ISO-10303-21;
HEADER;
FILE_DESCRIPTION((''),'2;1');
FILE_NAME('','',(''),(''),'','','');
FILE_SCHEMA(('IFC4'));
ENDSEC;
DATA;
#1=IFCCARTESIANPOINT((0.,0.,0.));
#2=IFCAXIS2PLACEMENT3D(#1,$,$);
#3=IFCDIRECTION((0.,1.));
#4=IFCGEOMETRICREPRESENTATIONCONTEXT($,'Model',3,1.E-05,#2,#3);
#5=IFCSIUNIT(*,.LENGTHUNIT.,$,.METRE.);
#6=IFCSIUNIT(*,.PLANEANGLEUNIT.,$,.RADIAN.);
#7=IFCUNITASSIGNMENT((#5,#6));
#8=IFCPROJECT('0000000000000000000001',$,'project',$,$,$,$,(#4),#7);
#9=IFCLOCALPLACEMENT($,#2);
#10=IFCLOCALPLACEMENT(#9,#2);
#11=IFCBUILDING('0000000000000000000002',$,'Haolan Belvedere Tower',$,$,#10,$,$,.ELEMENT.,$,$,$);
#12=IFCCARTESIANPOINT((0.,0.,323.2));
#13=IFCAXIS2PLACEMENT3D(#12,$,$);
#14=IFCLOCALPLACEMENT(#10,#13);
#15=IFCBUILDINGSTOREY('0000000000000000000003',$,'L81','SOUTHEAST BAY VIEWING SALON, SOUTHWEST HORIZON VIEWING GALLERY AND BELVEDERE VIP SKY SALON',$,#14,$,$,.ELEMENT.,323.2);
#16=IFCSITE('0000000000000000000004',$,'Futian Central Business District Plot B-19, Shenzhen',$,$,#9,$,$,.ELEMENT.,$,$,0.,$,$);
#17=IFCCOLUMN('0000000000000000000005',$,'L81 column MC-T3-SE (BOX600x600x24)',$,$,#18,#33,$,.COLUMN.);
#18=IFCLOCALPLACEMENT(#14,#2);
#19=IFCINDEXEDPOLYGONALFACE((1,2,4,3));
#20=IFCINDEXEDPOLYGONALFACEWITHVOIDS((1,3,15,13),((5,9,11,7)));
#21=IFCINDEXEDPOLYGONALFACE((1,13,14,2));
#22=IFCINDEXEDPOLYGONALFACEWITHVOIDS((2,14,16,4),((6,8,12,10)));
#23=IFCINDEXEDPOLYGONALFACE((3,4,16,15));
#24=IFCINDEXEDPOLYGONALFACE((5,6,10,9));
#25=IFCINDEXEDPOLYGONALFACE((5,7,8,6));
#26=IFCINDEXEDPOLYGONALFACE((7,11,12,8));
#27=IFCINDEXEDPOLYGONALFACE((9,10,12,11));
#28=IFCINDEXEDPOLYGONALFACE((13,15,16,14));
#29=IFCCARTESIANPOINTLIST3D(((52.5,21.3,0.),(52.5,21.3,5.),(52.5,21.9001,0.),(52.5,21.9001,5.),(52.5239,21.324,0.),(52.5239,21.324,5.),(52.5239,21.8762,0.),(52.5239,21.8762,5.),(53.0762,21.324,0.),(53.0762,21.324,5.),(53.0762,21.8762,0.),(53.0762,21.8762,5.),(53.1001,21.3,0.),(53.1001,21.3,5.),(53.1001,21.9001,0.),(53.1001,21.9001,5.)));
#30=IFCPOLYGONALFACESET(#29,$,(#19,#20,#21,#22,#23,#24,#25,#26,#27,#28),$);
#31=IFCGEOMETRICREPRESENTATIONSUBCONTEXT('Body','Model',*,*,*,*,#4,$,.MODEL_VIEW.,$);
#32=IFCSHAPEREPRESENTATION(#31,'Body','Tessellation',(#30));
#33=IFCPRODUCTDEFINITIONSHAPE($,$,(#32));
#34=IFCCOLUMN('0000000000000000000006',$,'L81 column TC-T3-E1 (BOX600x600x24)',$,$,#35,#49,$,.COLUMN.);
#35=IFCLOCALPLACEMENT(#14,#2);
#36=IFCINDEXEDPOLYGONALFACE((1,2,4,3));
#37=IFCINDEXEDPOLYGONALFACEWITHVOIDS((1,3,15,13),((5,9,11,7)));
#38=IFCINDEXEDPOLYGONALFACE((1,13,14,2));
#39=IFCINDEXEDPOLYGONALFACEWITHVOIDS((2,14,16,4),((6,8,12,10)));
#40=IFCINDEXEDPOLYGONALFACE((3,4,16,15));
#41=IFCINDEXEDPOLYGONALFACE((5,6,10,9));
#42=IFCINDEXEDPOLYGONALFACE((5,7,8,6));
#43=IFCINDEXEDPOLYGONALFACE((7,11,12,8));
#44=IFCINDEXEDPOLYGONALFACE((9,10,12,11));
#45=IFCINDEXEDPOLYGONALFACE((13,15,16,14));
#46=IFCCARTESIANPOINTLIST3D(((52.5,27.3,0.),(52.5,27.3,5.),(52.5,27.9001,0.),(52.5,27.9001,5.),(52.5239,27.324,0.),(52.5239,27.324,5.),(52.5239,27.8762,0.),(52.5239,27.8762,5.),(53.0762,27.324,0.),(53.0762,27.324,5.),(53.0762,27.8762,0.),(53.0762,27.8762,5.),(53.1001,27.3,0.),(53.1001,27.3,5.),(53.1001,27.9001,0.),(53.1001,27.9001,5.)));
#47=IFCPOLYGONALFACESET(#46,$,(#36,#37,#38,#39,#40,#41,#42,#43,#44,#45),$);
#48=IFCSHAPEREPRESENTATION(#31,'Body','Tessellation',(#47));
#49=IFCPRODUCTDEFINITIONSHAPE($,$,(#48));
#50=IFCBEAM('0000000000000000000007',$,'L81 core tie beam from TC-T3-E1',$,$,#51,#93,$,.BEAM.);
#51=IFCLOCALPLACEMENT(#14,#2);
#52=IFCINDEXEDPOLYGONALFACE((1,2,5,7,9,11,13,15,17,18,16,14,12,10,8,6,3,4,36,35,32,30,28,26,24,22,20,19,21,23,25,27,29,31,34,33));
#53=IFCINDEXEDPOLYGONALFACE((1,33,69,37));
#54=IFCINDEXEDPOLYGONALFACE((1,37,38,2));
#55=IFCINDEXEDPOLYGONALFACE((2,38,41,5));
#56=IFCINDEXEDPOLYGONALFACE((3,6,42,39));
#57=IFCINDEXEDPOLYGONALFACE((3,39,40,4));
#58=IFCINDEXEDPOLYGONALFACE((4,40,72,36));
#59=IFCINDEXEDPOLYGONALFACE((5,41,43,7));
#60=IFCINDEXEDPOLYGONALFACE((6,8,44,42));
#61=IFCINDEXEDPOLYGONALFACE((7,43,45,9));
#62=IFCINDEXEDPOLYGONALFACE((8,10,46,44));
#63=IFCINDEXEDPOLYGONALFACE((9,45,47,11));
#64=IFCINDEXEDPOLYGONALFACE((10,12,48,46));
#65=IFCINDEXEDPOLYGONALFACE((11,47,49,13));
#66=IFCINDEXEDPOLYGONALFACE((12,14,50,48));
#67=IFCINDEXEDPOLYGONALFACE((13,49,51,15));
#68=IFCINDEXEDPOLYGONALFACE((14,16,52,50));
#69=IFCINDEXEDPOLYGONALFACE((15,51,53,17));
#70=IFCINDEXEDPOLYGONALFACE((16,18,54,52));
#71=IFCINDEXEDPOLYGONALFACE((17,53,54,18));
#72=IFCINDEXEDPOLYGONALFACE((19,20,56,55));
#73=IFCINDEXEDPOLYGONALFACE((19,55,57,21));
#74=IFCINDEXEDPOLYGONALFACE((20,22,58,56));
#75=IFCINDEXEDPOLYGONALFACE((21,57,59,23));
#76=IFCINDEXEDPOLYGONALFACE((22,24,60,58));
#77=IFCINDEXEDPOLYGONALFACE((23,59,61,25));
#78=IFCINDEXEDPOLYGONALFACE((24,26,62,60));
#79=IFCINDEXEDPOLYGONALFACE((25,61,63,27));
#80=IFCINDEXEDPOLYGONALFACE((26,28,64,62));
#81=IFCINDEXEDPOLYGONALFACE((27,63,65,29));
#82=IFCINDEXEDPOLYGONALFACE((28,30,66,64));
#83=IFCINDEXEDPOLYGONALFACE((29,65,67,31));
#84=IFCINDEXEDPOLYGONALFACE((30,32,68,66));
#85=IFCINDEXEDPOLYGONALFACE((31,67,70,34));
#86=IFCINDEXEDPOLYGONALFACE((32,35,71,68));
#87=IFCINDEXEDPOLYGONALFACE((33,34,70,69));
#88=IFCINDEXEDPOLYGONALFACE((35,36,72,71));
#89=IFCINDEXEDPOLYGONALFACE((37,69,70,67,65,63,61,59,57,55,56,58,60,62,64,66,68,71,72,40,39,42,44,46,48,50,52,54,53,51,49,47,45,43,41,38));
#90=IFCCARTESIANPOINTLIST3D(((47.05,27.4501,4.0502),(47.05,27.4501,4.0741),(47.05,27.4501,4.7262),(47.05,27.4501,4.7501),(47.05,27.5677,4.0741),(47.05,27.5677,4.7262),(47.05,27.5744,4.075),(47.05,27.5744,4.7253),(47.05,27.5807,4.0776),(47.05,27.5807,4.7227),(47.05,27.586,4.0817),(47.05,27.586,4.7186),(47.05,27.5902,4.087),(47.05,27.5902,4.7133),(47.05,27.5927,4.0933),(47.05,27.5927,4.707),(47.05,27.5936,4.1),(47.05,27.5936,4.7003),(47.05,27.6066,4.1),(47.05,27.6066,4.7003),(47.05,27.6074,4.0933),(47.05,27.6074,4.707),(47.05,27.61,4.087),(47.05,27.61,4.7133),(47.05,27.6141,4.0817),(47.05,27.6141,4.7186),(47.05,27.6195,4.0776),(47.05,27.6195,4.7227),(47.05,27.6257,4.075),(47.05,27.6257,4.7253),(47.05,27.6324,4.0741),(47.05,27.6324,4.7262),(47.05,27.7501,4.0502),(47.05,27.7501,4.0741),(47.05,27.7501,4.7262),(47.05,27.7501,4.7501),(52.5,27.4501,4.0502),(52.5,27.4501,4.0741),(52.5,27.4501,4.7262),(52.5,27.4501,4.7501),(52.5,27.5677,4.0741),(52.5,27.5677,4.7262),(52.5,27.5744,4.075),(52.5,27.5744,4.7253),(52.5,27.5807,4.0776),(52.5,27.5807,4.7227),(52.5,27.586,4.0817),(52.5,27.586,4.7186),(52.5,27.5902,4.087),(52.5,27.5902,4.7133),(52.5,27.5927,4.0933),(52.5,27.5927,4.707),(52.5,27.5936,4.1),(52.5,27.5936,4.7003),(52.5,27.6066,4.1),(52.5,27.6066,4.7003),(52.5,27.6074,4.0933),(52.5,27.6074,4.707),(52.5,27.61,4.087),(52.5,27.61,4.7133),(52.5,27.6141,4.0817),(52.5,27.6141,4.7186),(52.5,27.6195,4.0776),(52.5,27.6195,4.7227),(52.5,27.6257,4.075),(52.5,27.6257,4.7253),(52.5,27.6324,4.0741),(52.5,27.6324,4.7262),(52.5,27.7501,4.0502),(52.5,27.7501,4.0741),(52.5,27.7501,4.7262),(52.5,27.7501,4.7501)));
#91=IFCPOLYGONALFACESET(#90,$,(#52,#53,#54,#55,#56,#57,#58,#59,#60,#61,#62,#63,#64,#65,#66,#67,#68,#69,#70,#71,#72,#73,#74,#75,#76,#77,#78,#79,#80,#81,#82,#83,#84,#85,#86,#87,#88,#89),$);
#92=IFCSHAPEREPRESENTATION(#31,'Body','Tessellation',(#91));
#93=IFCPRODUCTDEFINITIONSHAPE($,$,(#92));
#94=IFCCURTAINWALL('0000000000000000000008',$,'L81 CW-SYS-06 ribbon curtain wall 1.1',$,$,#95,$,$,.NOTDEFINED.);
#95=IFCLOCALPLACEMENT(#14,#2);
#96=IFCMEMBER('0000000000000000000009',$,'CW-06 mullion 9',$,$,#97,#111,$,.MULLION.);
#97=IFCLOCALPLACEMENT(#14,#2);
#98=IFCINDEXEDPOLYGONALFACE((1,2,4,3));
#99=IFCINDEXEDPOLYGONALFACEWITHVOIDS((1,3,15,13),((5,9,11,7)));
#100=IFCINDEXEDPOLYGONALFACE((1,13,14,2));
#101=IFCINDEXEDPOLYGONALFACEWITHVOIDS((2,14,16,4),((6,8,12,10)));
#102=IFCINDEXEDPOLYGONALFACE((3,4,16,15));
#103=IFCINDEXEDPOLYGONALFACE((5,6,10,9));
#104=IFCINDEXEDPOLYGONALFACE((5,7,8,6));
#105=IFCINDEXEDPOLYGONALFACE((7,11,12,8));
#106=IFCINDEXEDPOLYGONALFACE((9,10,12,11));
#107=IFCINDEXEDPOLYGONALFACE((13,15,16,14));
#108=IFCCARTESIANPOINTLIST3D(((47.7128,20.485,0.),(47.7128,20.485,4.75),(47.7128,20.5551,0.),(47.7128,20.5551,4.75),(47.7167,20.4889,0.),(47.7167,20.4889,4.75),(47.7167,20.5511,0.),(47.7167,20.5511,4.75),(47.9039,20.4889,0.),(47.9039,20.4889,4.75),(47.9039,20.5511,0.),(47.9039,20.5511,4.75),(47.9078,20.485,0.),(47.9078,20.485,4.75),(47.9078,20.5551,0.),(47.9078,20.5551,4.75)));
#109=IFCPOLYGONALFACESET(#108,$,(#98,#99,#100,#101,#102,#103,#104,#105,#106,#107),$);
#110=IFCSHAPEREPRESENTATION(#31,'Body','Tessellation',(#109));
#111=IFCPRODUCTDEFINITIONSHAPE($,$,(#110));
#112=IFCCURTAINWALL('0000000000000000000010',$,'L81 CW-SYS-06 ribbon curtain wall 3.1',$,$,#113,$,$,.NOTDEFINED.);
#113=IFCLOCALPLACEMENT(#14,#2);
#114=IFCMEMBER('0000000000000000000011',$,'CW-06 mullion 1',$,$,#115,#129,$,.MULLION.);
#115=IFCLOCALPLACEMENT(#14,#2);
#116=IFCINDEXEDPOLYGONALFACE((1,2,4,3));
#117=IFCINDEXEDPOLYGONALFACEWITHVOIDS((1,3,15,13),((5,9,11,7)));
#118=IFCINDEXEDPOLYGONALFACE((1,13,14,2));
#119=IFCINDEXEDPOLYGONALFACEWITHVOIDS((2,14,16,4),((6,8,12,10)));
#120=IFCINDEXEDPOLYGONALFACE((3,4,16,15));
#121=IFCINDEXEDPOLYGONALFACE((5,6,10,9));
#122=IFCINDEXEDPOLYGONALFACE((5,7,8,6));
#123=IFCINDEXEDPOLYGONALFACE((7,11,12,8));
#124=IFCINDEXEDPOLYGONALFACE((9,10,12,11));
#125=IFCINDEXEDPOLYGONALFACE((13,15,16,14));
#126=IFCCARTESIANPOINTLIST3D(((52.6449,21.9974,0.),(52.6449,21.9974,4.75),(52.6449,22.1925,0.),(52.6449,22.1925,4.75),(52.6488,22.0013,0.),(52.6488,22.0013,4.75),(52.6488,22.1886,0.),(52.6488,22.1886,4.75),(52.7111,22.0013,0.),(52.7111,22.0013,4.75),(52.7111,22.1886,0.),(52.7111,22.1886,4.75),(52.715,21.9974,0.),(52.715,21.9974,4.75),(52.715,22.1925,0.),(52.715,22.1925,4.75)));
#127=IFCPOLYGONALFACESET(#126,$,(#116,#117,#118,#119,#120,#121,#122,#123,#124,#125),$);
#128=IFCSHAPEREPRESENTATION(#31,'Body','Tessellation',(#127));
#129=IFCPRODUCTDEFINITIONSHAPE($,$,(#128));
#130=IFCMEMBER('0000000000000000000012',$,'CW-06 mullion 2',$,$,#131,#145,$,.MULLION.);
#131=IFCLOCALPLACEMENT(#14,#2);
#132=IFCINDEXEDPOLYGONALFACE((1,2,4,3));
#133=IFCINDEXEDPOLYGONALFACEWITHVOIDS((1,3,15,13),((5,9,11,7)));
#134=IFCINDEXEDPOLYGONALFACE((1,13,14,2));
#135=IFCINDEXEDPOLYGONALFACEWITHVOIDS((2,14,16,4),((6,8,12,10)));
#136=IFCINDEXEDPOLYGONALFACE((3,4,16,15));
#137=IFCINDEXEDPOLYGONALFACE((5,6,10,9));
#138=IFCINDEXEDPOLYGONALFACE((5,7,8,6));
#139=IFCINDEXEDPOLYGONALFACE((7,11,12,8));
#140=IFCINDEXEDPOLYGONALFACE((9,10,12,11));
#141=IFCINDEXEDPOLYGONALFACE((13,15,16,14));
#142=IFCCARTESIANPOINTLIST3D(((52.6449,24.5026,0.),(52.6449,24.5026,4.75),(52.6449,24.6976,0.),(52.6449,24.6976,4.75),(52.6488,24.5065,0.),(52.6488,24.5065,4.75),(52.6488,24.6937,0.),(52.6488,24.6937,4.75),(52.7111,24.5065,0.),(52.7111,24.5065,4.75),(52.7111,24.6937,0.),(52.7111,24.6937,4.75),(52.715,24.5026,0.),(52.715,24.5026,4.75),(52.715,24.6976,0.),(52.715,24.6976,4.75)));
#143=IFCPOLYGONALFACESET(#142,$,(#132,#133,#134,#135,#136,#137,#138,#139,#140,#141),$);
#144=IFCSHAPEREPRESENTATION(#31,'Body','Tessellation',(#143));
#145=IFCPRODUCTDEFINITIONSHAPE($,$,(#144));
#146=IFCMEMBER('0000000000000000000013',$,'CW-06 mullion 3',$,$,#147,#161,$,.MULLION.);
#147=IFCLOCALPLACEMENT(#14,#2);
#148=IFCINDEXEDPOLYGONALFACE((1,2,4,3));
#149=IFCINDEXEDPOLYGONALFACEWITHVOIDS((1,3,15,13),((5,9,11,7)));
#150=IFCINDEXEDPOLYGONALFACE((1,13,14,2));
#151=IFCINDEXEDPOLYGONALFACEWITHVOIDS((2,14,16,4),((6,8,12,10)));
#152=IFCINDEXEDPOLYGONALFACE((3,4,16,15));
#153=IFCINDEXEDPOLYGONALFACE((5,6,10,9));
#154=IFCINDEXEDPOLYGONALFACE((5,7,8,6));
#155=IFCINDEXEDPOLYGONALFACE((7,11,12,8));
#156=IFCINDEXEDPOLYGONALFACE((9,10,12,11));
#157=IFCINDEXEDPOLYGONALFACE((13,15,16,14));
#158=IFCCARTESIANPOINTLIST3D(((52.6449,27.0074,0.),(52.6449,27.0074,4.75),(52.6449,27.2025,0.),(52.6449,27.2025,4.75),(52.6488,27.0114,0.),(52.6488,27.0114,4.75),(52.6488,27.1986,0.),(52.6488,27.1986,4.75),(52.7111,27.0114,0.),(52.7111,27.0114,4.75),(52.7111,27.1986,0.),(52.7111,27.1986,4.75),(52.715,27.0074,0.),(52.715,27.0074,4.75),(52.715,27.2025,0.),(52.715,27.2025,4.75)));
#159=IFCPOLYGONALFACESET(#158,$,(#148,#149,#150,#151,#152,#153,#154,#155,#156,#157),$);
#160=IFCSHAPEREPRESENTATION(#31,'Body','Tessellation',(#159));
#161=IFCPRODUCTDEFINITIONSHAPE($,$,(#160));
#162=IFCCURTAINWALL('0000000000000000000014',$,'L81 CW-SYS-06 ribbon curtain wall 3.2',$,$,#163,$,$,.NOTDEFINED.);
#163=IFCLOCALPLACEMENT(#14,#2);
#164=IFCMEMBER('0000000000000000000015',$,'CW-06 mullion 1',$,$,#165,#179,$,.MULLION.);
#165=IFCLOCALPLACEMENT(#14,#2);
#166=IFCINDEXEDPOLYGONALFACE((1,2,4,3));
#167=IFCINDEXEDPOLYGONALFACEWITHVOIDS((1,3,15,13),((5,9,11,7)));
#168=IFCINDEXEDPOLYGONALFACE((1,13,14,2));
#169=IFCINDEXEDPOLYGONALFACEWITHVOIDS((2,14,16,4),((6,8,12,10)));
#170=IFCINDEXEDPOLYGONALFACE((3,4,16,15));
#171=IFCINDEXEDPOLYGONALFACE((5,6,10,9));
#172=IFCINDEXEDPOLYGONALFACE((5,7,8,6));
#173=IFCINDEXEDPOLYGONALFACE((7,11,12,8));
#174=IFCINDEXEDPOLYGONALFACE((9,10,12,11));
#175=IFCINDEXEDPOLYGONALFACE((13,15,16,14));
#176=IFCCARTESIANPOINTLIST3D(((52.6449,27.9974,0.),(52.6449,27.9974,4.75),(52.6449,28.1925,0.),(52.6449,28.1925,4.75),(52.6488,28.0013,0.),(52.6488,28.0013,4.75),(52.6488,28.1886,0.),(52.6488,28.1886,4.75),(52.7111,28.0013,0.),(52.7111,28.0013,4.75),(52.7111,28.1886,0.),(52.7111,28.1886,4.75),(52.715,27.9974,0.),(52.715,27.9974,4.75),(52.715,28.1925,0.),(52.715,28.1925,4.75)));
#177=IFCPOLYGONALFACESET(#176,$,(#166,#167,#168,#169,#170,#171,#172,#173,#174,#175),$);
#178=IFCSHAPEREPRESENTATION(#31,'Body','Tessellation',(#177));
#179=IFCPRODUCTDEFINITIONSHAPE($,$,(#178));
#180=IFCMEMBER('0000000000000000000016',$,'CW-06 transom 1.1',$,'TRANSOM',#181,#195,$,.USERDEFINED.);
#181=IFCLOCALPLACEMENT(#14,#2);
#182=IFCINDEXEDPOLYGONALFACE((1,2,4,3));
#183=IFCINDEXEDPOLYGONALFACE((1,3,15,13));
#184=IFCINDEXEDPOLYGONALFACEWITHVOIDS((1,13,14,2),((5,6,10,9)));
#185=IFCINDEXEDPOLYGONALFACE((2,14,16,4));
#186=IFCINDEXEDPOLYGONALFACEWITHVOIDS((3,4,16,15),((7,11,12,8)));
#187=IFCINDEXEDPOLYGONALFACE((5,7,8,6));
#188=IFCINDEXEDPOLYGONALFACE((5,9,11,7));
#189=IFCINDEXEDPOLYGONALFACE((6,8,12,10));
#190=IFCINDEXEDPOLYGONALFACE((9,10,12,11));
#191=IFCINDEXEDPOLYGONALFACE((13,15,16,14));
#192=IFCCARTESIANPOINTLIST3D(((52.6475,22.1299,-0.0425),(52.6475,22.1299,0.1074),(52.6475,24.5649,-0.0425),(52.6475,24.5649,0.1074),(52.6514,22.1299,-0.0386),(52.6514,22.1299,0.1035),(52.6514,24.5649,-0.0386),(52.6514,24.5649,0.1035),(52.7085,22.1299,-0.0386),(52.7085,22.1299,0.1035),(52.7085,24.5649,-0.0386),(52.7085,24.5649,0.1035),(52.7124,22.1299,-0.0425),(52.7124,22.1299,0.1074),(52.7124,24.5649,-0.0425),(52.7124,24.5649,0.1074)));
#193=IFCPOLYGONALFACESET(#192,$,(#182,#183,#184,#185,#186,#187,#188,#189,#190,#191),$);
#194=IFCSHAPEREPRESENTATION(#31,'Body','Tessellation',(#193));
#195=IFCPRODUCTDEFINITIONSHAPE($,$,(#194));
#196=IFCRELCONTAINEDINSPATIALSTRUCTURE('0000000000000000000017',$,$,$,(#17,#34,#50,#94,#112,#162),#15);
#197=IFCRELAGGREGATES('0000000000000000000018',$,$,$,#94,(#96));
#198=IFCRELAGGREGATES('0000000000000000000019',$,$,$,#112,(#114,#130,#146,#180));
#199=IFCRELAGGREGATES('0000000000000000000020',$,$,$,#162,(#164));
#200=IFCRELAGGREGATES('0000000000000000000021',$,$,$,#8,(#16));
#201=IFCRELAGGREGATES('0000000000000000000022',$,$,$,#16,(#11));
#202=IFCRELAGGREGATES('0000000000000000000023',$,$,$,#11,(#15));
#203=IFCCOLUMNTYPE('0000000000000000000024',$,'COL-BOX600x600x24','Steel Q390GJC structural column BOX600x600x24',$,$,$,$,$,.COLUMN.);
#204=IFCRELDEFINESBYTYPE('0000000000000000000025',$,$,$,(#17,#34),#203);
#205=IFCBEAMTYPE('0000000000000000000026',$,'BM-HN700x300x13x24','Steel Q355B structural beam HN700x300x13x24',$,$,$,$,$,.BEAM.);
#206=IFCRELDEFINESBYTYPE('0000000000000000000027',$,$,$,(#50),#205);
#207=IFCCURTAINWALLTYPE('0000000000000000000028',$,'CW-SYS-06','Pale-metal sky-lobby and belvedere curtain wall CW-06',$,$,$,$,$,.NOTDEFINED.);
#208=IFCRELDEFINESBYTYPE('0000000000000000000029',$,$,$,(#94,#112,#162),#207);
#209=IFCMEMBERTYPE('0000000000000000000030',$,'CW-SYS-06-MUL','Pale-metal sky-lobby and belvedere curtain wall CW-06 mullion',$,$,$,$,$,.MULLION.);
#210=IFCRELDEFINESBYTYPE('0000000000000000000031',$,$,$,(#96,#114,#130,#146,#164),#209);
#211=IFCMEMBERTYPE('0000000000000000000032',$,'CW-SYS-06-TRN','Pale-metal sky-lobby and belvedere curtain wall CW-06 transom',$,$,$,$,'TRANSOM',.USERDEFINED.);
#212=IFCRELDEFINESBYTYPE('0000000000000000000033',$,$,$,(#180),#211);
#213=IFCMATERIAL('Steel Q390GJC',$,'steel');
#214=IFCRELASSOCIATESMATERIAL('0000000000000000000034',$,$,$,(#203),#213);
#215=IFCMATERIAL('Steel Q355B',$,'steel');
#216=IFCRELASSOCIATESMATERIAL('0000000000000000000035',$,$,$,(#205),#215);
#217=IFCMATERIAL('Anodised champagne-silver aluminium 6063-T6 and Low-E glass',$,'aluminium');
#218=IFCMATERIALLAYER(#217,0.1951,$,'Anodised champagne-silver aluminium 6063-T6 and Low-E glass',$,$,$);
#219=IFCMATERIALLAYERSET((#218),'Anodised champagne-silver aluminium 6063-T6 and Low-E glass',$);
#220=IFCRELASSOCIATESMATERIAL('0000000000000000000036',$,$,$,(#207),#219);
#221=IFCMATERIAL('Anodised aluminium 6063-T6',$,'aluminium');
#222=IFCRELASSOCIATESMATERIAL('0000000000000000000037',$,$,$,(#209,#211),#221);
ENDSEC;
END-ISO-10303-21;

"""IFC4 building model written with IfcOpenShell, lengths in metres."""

from ifc_helpers import new_model, si_unit, direction, frame, origin, origin_2d, place, context, subcontext, project, spatial, hollow_rectangle, i_section, extrude, material, layer, layer_set, material_profile, profile_set, type_object, element, aggregate, save


model = new_model("IFC4")

# Units and contexts
model_context = context("Model", 3, precision=1e-05, world=origin(), true_north=direction((0.0, 1.0)))
body_context = subcontext(model_context, "Body", "Model", "MODEL_VIEW")
ifc_project = project(units=[si_unit("LENGTHUNIT", "METRE"), si_unit("PLANEANGLEUNIT", "RADIAN")], contexts=[model_context])

# Site, building, storey
site_placement = place(None, origin())
site = spatial("IfcSite", under=ifc_project, at=site_placement, Name="Futian Central Business District Plot B-19, Shenzhen", CompositionType="ELEMENT", RefElevation=0.0)
building_placement = place(site_placement, origin())
building = spatial("IfcBuilding", under=site, at=building_placement, Name="Haolan Belvedere Tower", CompositionType="ELEMENT")
storey_placement = place(building_placement, frame((0.0, 0.0, 323.2)))
storey = spatial("IfcBuildingStorey", under=building, at=storey_placement, Name="L81", Description="SOUTHEAST BAY VIEWING SALON, SOUTHWEST HORIZON VIEWING GALLERY AND BELVEDERE VIP SKY SALON", CompositionType="ELEMENT", Elevation=323.2)

# Columns
ifc_material_1 = material(Name="Steel Q390GJC", Category="steel")
ifc_material_profile_1 = material_profile(ifc_material_1, hollow_rectangle(XDim=0.6001, YDim=0.6001, WallThickness=0.0239, at=origin_2d()), Name="Steel Q390GJC")
ifc_profile_set_1 = profile_set([ifc_material_profile_1], Name="Steel Q390GJC")
column_type = type_object("IfcColumnType", Name="COL-BOX600x600x24", Description="Steel Q390GJC structural column BOX600x600x24", PredefinedType="COLUMN", material=ifc_profile_set_1)
for number, where, z_axis, x_axis, name in (
    (1, (52.8, 21.6001, 0.0), (0.0, 0.0, 1.0), (1.0, 0.0, 0.0), "L81 column MC-T3-SE (BOX600x600x24)"),
    (2, (52.8, 27.6001, 0.0), (0.0, 0.0, 1.0), (1.0, 0.0, 0.0), "L81 column TC-T3-E1 (BOX600x600x24)"),
):
    element("IfcColumn", number, at=place(storey_placement, frame(where, z_axis=z_axis, x_axis=x_axis)), inside=storey, type_object=column_type, Name=name, PredefinedType="COLUMN", context=body_context, shape_type="SweptSolid", body=[
        extrude(hollow_rectangle(XDim=0.6001, YDim=0.6001, WallThickness=0.0239, at=origin_2d()), origin(), (0.0, 0.0, 1.0), 5.0),
    ])

# Beam
ifc_material_2 = material(Name="Steel Q355B", Category="steel")
ifc_material_profile_2 = material_profile(ifc_material_2, i_section(OverallWidth=0.3, OverallDepth=0.7, WebThickness=0.0129, FlangeThickness=0.0239, FilletRadius=0.0259, at=origin_2d()), Name="Steel Q355B")
ifc_profile_set_2 = profile_set([ifc_material_profile_2], Name="Steel Q355B")
beam_type = type_object("IfcBeamType", Name="BM-HN700x300x13x24", Description="Steel Q355B structural beam HN700x300x13x24", PredefinedType="BEAM", material=ifc_profile_set_2)
beam_placement = place(storey_placement, frame((52.5, 27.6001, 4.4001), z_axis=(-1.0, 0.0, 0.0), x_axis=(0.0, -1.0, 0.0)))
element("IfcBeam", 3, at=beam_placement, inside=storey, type_object=beam_type, Name="L81 core tie beam from TC-T3-E1", PredefinedType="BEAM", context=body_context, shape_type="SweptSolid", body=[
    extrude(i_section(OverallWidth=0.3, OverallDepth=0.7, WebThickness=0.0129, FlangeThickness=0.0239, FilletRadius=0.0259, at=origin_2d()), origin(), (0.0, 0.0, 1.0), 5.45),
])

# Curtain wall, member
ifc_material_3 = material(Name="Anodised champagne-silver aluminium 6063-T6 and Low-E glass", Category="aluminium")
ifc_layer_1 = layer(ifc_material_3, 0.1951, Name="Anodised champagne-silver aluminium 6063-T6 and Low-E glass")
ifc_layer_set_1 = layer_set([ifc_layer_1], Name="Anodised champagne-silver aluminium 6063-T6 and Low-E glass")
curtain_wall_type = type_object("IfcCurtainWallType", Name="CW-SYS-06", Description="Pale-metal sky-lobby and belvedere curtain wall CW-06", PredefinedType="NOTDEFINED", material=ifc_layer_set_1)
curtain_wall_1_placement = place(storey_placement, origin())
curtain_wall_1 = element("IfcCurtainWall", 4, at=curtain_wall_1_placement, inside=storey, type_object=curtain_wall_type, Name="L81 CW-SYS-06 ribbon curtain wall 1.1", PredefinedType="NOTDEFINED")
ifc_material_4 = material(Name="Anodised aluminium 6063-T6", Category="aluminium")
ifc_material_profile_3 = material_profile(ifc_material_4, hollow_rectangle(XDim=0.0701, YDim=0.1951, WallThickness=0.0039, at=origin_2d()), Name="Anodised aluminium 6063-T6")
ifc_profile_set_3 = profile_set([ifc_material_profile_3], Name="Anodised aluminium 6063-T6")
member_type_1 = type_object("IfcMemberType", Name="CW-SYS-06-MUL", Description="Pale-metal sky-lobby and belvedere curtain wall CW-06 mullion", PredefinedType="MULLION", material=ifc_profile_set_3)
member_1_placement = place(storey_placement, frame((47.8103, 20.52, 0.0), z_axis=(0.0, 0.0, 1.0), x_axis=(0.0, 1.0, 0.0)))
member_1 = element("IfcMember", 5, at=member_1_placement, type_object=member_type_1, Name="CW-06 mullion 9", PredefinedType="MULLION", context=body_context, shape_type="SweptSolid", body=[
    extrude(hollow_rectangle(XDim=0.0701, YDim=0.1951, WallThickness=0.0039, at=origin_2d()), origin(), (0.0, 0.0, 1.0), 4.75),
])

# Curtain wall, members
curtain_wall_2_placement = place(storey_placement, origin())
curtain_wall_2 = element("IfcCurtainWall", 6, at=curtain_wall_2_placement, inside=storey, type_object=curtain_wall_type, Name="L81 CW-SYS-06 ribbon curtain wall 3.1", PredefinedType="NOTDEFINED")
member_2_placement = place(storey_placement, frame((52.6799, 22.095, 0.0), z_axis=(0.0, 0.0, 1.0), x_axis=(-1.0, 0.0, 0.0)))
member_2 = element("IfcMember", 7, at=member_2_placement, type_object=member_type_1, Name="CW-06 mullion 1", PredefinedType="MULLION", context=body_context, shape_type="SweptSolid", body=[
    extrude(hollow_rectangle(XDim=0.0701, YDim=0.1951, WallThickness=0.0039, at=origin_2d()), origin(), (0.0, 0.0, 1.0), 4.75),
])
member_3_placement = place(storey_placement, frame((52.6799, 24.6001, 0.0), z_axis=(0.0, 0.0, 1.0), x_axis=(-1.0, 0.0, 0.0)))
member_3 = element("IfcMember", 8, at=member_3_placement, type_object=member_type_1, Name="CW-06 mullion 2", PredefinedType="MULLION", context=body_context, shape_type="SweptSolid", body=[
    extrude(hollow_rectangle(XDim=0.0701, YDim=0.1951, WallThickness=0.0039, at=origin_2d()), origin(), (0.0, 0.0, 1.0), 4.75),
])
member_4_placement = place(storey_placement, frame((52.6799, 27.105, 0.0), z_axis=(0.0, 0.0, 1.0), x_axis=(-1.0, 0.0, 0.0)))
member_4 = element("IfcMember", 9, at=member_4_placement, type_object=member_type_1, Name="CW-06 mullion 3", PredefinedType="MULLION", context=body_context, shape_type="SweptSolid", body=[
    extrude(hollow_rectangle(XDim=0.0701, YDim=0.1951, WallThickness=0.0039, at=origin_2d()), origin(), (0.0, 0.0, 1.0), 4.75),
])

# Curtain wall, member
curtain_wall_3_placement = place(storey_placement, origin())
curtain_wall_3 = element("IfcCurtainWall", 10, at=curtain_wall_3_placement, inside=storey, type_object=curtain_wall_type, Name="L81 CW-SYS-06 ribbon curtain wall 3.2", PredefinedType="NOTDEFINED")
member_5_placement = place(storey_placement, frame((52.6799, 28.095, 0.0), z_axis=(0.0, 0.0, 1.0), x_axis=(-1.0, 0.0, 0.0)))
member_5 = element("IfcMember", 11, at=member_5_placement, type_object=member_type_1, Name="CW-06 mullion 1", PredefinedType="MULLION", context=body_context, shape_type="SweptSolid", body=[
    extrude(hollow_rectangle(XDim=0.0701, YDim=0.1951, WallThickness=0.0039, at=origin_2d()), origin(), (0.0, 0.0, 1.0), 4.75),
])

# Member
ifc_material_profile_4 = material_profile(ifc_material_4, hollow_rectangle(XDim=0.0649, YDim=0.1499, WallThickness=0.0039, at=origin_2d()), Name="Anodised aluminium 6063-T6")
ifc_profile_set_4 = profile_set([ifc_material_profile_4], Name="Anodised aluminium 6063-T6")
member_type_2 = type_object("IfcMemberType", Name="CW-SYS-06-TRN", Description="Pale-metal sky-lobby and belvedere curtain wall CW-06 transom", ElementType="TRANSOM", PredefinedType="USERDEFINED", material=ifc_profile_set_4)
member_6_placement = place(storey_placement, frame((52.6799, 22.1299, 0.0325), z_axis=(0.0, 1.0, 0.0), x_axis=(-1.0, 0.0, 0.0)))
member_6 = element("IfcMember", 12, at=member_6_placement, type_object=member_type_2, Name="CW-06 transom 1.1", ObjectType="TRANSOM", PredefinedType="USERDEFINED", context=body_context, shape_type="SweptSolid", body=[
    extrude(hollow_rectangle(XDim=0.0649, YDim=0.1499, WallThickness=0.0039, at=origin_2d()), origin(), (0.0, 0.0, 1.0), 2.4351),
])

aggregate(curtain_wall_1, [member_1])
aggregate(curtain_wall_2, [member_2, member_3, member_4, member_6])
aggregate(curtain_wall_3, [member_5])

save(model, "model.ifc")
